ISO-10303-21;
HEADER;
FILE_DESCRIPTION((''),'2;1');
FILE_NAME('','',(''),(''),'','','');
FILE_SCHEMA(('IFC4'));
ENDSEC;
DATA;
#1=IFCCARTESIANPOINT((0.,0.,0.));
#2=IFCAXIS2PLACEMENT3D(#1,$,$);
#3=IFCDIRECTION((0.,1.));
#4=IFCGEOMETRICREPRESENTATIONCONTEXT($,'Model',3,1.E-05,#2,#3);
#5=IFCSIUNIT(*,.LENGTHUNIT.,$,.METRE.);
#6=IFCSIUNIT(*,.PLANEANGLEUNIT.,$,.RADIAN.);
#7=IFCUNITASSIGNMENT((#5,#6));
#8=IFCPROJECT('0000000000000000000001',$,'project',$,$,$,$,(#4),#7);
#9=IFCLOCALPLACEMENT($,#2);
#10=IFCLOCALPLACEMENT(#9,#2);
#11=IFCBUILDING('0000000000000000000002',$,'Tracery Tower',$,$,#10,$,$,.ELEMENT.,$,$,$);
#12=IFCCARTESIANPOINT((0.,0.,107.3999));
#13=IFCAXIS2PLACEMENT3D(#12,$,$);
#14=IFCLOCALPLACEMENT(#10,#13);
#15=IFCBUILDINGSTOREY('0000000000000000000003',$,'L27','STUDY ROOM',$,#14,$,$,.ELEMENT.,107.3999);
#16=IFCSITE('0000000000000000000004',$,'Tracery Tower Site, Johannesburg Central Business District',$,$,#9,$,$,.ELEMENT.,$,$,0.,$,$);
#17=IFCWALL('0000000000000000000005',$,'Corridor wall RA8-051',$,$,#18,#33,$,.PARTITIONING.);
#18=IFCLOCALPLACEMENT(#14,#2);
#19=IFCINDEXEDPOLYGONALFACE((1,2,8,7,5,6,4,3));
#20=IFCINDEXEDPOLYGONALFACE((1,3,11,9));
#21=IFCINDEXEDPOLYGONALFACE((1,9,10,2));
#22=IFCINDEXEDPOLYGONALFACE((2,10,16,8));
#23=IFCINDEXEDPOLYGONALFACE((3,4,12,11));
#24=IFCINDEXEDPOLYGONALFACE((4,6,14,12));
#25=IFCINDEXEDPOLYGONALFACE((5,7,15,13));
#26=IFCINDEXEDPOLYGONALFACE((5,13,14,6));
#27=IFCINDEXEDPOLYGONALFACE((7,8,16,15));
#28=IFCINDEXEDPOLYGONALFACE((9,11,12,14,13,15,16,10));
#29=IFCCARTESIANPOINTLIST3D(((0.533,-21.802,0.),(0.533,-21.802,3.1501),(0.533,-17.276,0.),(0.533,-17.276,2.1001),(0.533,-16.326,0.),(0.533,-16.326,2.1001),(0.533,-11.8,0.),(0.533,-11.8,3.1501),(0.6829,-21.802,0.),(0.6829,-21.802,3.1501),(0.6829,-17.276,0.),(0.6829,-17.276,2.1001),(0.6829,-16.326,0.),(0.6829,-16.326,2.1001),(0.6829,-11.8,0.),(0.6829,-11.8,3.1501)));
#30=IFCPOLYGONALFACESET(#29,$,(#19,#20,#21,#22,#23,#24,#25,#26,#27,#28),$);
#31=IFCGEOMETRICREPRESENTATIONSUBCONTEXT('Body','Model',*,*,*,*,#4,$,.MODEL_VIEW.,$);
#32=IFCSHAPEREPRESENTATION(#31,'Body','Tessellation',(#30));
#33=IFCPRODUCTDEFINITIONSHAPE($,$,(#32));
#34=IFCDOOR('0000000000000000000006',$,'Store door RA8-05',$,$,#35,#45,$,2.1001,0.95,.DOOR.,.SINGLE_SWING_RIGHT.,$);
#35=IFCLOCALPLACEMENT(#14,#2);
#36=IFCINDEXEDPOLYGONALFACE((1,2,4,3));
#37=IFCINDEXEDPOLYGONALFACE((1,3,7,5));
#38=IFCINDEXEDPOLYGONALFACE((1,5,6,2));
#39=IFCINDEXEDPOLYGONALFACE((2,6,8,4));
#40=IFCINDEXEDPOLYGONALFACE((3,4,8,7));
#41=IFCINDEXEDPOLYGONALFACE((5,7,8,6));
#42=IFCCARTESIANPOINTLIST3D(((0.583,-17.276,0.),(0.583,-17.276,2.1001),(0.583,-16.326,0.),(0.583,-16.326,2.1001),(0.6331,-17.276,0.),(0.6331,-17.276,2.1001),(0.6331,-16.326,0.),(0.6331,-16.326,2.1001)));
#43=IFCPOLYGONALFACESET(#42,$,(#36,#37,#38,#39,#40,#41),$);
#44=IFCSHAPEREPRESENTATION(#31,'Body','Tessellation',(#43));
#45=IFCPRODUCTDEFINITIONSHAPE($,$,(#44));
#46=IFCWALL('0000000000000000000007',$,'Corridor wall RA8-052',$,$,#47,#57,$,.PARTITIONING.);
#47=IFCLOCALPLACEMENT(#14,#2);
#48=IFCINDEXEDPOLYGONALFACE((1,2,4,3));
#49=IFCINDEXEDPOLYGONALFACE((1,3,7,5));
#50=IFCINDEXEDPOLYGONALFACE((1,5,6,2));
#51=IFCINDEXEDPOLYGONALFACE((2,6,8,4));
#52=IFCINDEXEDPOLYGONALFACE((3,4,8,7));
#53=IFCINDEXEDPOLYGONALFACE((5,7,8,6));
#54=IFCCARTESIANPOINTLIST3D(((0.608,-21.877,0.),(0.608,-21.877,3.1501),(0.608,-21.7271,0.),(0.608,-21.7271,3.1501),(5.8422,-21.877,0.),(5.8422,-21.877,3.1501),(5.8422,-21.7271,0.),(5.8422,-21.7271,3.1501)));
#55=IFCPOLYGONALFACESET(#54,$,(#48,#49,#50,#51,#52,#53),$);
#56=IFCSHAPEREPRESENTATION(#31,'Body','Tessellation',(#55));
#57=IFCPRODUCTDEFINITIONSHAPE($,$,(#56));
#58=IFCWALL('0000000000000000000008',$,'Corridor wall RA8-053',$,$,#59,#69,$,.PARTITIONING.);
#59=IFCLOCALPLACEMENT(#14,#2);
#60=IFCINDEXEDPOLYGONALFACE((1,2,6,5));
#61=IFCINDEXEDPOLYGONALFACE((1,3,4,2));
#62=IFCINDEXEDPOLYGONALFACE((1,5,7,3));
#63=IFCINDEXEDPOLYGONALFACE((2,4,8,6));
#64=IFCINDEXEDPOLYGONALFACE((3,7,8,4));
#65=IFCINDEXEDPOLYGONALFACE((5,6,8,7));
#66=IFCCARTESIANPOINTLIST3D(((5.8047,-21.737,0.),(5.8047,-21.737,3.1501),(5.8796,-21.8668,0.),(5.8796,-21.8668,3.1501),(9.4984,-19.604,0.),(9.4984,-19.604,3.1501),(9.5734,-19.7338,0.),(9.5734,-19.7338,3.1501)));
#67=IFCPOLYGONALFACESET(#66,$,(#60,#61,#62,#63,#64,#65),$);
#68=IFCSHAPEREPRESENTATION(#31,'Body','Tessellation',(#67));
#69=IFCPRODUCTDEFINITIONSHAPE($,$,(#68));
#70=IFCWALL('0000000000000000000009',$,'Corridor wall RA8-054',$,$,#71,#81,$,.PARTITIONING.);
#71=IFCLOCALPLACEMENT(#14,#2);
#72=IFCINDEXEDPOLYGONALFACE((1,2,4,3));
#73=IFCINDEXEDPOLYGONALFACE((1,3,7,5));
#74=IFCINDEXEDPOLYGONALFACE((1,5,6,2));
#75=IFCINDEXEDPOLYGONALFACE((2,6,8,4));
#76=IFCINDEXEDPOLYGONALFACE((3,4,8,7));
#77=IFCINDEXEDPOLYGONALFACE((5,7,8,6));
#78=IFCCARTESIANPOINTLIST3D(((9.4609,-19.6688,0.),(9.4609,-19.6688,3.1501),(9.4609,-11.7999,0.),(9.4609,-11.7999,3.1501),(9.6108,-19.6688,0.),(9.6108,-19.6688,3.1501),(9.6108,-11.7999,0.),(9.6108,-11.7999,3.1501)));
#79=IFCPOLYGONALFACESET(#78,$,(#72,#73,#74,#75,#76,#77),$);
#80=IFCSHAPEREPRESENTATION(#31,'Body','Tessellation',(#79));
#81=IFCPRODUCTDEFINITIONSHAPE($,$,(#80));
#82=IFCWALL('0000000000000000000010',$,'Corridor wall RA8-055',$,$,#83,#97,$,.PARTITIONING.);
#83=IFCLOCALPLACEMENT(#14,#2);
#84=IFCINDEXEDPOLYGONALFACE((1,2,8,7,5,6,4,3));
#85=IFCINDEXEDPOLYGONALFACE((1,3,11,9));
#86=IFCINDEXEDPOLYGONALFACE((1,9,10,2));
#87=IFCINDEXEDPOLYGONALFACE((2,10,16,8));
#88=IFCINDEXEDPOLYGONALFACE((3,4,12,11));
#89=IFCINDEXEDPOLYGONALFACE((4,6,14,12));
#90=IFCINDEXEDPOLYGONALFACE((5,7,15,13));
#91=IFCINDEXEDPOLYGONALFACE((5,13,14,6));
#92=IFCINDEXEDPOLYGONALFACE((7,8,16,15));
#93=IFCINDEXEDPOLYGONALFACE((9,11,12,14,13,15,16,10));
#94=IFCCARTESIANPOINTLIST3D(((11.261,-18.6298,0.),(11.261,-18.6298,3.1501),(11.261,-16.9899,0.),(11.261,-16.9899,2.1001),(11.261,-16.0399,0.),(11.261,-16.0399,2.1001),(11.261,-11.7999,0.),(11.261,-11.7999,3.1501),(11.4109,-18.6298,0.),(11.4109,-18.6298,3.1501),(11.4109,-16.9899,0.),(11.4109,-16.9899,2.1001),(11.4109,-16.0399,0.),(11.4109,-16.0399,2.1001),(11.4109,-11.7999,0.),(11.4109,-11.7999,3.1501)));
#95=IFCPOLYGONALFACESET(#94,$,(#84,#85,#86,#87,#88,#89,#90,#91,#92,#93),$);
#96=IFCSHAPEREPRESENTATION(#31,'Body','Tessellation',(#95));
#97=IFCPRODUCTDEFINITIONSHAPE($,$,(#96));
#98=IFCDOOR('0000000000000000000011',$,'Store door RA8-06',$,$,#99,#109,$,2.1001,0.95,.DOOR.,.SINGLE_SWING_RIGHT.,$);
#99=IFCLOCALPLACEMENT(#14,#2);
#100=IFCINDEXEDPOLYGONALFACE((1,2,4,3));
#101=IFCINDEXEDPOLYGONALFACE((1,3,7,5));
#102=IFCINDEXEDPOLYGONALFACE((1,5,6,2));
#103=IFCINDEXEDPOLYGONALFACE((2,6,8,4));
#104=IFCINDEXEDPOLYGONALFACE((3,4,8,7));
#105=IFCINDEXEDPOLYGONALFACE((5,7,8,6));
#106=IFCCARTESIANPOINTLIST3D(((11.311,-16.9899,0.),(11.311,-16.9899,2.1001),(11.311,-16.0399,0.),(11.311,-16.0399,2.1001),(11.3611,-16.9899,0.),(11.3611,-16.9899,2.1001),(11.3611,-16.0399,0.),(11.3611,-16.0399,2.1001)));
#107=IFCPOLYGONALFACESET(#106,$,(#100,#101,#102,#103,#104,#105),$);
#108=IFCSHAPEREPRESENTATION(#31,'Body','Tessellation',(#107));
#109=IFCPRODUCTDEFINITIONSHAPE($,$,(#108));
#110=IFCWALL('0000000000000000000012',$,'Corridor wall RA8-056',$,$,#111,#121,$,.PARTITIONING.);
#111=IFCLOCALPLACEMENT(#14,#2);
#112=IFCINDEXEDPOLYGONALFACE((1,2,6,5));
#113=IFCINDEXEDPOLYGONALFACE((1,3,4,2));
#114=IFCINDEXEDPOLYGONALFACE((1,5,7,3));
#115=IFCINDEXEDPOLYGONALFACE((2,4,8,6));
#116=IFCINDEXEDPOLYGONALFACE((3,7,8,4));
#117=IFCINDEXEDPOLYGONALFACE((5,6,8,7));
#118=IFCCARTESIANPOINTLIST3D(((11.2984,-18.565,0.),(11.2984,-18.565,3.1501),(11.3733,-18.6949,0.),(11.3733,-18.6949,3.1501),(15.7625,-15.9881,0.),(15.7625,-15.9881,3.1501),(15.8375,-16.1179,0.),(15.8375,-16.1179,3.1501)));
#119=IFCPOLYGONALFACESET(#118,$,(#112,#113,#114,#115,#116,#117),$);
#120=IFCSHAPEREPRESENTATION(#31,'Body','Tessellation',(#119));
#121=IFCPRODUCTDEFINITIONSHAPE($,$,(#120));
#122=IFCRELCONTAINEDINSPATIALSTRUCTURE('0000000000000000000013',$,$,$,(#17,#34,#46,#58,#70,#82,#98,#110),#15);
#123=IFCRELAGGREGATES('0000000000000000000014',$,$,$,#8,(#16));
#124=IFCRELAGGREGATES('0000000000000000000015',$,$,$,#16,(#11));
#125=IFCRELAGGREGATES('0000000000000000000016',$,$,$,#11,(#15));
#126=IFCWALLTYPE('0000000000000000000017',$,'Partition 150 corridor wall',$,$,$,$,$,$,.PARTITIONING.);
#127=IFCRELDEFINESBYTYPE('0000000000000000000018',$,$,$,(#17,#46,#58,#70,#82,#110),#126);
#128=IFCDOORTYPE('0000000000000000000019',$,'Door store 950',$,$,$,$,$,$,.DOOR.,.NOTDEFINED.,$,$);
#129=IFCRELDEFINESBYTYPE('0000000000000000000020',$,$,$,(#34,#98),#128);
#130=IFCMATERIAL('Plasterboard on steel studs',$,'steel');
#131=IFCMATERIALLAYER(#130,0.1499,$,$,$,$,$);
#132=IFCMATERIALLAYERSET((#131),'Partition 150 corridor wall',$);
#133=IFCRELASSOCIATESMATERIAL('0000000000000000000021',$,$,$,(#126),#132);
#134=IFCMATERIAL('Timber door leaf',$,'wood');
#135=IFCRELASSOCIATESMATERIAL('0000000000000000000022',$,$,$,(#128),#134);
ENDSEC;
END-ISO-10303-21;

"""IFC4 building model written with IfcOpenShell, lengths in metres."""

from ifc_helpers import new_model, si_unit, direction, frame, frame_2d, origin, place, context, subcontext, project, spatial, rectangle, extrude, material, layer, layer_set, type_object, element, fill, save


model = new_model("IFC4")

# Units and contexts
model_context = context("Model", 3, precision=1e-05, world=origin(), true_north=direction((0.0, 1.0)))
body_context = subcontext(model_context, "Body", "Model", "MODEL_VIEW")
ifc_project = project(units=[si_unit("LENGTHUNIT", "METRE"), si_unit("PLANEANGLEUNIT", "RADIAN")], contexts=[model_context])

# Site, building, storey
site_placement = place(None, origin())
site = spatial("IfcSite", under=ifc_project, at=site_placement, Name="Tracery Tower Site, Johannesburg Central Business District", CompositionType="ELEMENT", RefElevation=0.0)
building_placement = place(site_placement, origin())
building = spatial("IfcBuilding", under=site, at=building_placement, Name="Tracery Tower", CompositionType="ELEMENT")
storey_placement = place(building_placement, frame((0.0, 0.0, 107.3999)))
storey = spatial("IfcBuildingStorey", under=building, at=storey_placement, Name="L27", Description="STUDY ROOM", CompositionType="ELEMENT", Elevation=107.3999)

# Shared definitions
ifc_material_1 = material(Name="Plasterboard on steel studs", Category="steel")
ifc_layer_1 = layer(ifc_material_1, 0.1499)
ifc_layer_set_1 = layer_set([ifc_layer_1], Name="Partition 150 corridor wall")
wall_type_1 = type_object("IfcWallType", Name="Partition 150 corridor wall", PredefinedType="PARTITIONING", material=ifc_layer_set_1)

# Wall, opening, door
wall_1_placement = place(storey_placement, frame((0.6079, -21.802, 0.0), z_axis=(0.0, 0.0, 1.0), x_axis=(0.0, 1.0, 0.0)))
wall_1 = element("IfcWall", 1, at=wall_1_placement, inside=storey, type_object=wall_type_1, Name="Corridor wall RA8-051", PredefinedType="PARTITIONING", context=body_context, shape_type="SweptSolid", body=[
    extrude(rectangle(XDim=10.002, YDim=0.1499, at=frame_2d((5.001, 0.0))), origin(), (0.0, 0.0, 1.0), 3.1501),
])
opening_1_placement = place(wall_1_placement, frame((4.5259, 0.0, 0.0)))
opening_1 = element("IfcOpeningElement", 2, at=opening_1_placement, cuts=wall_1, PredefinedType="OPENING", context=body_context, shape_type="SweptSolid", body=[
    extrude(rectangle(XDim=0.95, YDim=2.1001, at=frame_2d((0.4751, 1.05))), frame((0.0, 0.075, 0.0), z_axis=(0.0, -1.0, 0.0), x_axis=(1.0, 0.0, 0.0)), (0.0, 0.0, 1.0), 0.1499),
])
ifc_material_2 = material(Name="Timber door leaf", Category="wood")
door_type_1 = type_object("IfcDoorType", Name="Door store 950", OperationType="NOTDEFINED", PredefinedType="DOOR", material=ifc_material_2)
door_1_placement = place(opening_1_placement, origin())
door_1 = element("IfcDoor", 3, at=door_1_placement, inside=storey, type_object=door_type_1, Name="Store door RA8-05", OperationType="SINGLE_SWING_RIGHT", OverallHeight=2.1001, OverallWidth=0.95, PredefinedType="DOOR", context=body_context, shape_type="SweptSolid", body=[
    extrude(rectangle(XDim=0.95, YDim=2.1001, at=frame_2d((0.4751, 1.05))), frame((0.0, 0.0249, 0.0), z_axis=(0.0, -1.0, 0.0), x_axis=(1.0, 0.0, 0.0)), (0.0, 0.0, 1.0), 0.05),
])
fill(opening_1, door_1)

# Walls
wall_2_placement = place(storey_placement, frame((0.6079, -21.802, 0.0), z_axis=(0.0, 0.0, 1.0), x_axis=(1.0, 0.0, 0.0)))
element("IfcWall", 4, at=wall_2_placement, inside=storey, type_object=wall_type_1, Name="Corridor wall RA8-052", PredefinedType="PARTITIONING", context=body_context, shape_type="SweptSolid", body=[
    extrude(rectangle(XDim=5.2341, YDim=0.1499, at=frame_2d((2.6172, 0.0))), origin(), (0.0, 0.0, 1.0), 3.1501),
])
wall_3_placement = place(storey_placement, frame((5.842, -21.802, 0.0), z_axis=(0.0, 0.0, 1.0), x_axis=(0.865984, 0.500073, 0.0)))
element("IfcWall", 5, at=wall_3_placement, inside=storey, type_object=wall_type_1, Name="Corridor wall RA8-053", PredefinedType="PARTITIONING", context=body_context, shape_type="SweptSolid", body=[
    extrude(rectangle(XDim=4.2654, YDim=0.1499, at=frame_2d((2.1328, 0.0))), origin(), (0.0, 0.0, 1.0), 3.1501),
])
wall_4_placement = place(storey_placement, frame((9.5359, -19.6689, 0.0), z_axis=(0.0, 0.0, 1.0), x_axis=(0.0, 1.0, 0.0)))
element("IfcWall", 6, at=wall_4_placement, inside=storey, type_object=wall_type_1, Name="Corridor wall RA8-054", PredefinedType="PARTITIONING", context=body_context, shape_type="SweptSolid", body=[
    extrude(rectangle(XDim=7.8689, YDim=0.1499, at=frame_2d((3.9346, 0.0))), origin(), (0.0, 0.0, 1.0), 3.1501),
])

# Wall, opening, door
wall_5_placement = place(storey_placement, frame((11.3359, -18.6299, 0.0), z_axis=(0.0, 0.0, 1.0), x_axis=(0.0, 1.0, 0.0)))
wall_5 = element("IfcWall", 7, at=wall_5_placement, inside=storey, type_object=wall_type_1, Name="Corridor wall RA8-055", PredefinedType="PARTITIONING", context=body_context, shape_type="SweptSolid", body=[
    extrude(rectangle(XDim=6.8298, YDim=0.1499, at=frame_2d((3.415, 0.0))), origin(), (0.0, 0.0, 1.0), 3.1501),
])
opening_2_placement = place(wall_5_placement, frame((1.6399, 0.0, 0.0)))
opening_2 = element("IfcOpeningElement", 8, at=opening_2_placement, cuts=wall_5, PredefinedType="OPENING", context=body_context, shape_type="SweptSolid", body=[
    extrude(rectangle(XDim=0.95, YDim=2.1001, at=frame_2d((0.4751, 1.05))), frame((0.0, 0.075, 0.0), z_axis=(0.0, -1.0, 0.0), x_axis=(1.0, 0.0, 0.0)), (0.0, 0.0, 1.0), 0.1499),
])
door_2_placement = place(opening_2_placement, origin())
door_2 = element("IfcDoor", 9, at=door_2_placement, inside=storey, type_object=door_type_1, Name="Store door RA8-06", OperationType="SINGLE_SWING_RIGHT", OverallHeight=2.1001, OverallWidth=0.95, PredefinedType="DOOR", context=body_context, shape_type="SweptSolid", body=[
    extrude(rectangle(XDim=0.95, YDim=2.1001, at=frame_2d((0.4751, 1.05))), frame((0.0, 0.0249, 0.0), z_axis=(0.0, -1.0, 0.0), x_axis=(1.0, 0.0, 0.0)), (0.0, 0.0, 1.0), 0.05),
])
fill(opening_2, door_2)

# Wall
wall_6_placement = place(storey_placement, frame((11.3359, -18.6299, 0.0), z_axis=(0.0, 0.0, 1.0), x_axis=(0.866063, 0.499934, 0.0)))
element("IfcWall", 10, at=wall_6_placement, inside=storey, type_object=wall_type_1, Name="Corridor wall RA8-056", PredefinedType="PARTITIONING", context=body_context, shape_type="SweptSolid", body=[
    extrude(rectangle(XDim=5.1545, YDim=0.1499, at=frame_2d((2.5771, 0.0))), origin(), (0.0, 0.0, 1.0), 3.1501),
])

save(model, "model.ifc")
